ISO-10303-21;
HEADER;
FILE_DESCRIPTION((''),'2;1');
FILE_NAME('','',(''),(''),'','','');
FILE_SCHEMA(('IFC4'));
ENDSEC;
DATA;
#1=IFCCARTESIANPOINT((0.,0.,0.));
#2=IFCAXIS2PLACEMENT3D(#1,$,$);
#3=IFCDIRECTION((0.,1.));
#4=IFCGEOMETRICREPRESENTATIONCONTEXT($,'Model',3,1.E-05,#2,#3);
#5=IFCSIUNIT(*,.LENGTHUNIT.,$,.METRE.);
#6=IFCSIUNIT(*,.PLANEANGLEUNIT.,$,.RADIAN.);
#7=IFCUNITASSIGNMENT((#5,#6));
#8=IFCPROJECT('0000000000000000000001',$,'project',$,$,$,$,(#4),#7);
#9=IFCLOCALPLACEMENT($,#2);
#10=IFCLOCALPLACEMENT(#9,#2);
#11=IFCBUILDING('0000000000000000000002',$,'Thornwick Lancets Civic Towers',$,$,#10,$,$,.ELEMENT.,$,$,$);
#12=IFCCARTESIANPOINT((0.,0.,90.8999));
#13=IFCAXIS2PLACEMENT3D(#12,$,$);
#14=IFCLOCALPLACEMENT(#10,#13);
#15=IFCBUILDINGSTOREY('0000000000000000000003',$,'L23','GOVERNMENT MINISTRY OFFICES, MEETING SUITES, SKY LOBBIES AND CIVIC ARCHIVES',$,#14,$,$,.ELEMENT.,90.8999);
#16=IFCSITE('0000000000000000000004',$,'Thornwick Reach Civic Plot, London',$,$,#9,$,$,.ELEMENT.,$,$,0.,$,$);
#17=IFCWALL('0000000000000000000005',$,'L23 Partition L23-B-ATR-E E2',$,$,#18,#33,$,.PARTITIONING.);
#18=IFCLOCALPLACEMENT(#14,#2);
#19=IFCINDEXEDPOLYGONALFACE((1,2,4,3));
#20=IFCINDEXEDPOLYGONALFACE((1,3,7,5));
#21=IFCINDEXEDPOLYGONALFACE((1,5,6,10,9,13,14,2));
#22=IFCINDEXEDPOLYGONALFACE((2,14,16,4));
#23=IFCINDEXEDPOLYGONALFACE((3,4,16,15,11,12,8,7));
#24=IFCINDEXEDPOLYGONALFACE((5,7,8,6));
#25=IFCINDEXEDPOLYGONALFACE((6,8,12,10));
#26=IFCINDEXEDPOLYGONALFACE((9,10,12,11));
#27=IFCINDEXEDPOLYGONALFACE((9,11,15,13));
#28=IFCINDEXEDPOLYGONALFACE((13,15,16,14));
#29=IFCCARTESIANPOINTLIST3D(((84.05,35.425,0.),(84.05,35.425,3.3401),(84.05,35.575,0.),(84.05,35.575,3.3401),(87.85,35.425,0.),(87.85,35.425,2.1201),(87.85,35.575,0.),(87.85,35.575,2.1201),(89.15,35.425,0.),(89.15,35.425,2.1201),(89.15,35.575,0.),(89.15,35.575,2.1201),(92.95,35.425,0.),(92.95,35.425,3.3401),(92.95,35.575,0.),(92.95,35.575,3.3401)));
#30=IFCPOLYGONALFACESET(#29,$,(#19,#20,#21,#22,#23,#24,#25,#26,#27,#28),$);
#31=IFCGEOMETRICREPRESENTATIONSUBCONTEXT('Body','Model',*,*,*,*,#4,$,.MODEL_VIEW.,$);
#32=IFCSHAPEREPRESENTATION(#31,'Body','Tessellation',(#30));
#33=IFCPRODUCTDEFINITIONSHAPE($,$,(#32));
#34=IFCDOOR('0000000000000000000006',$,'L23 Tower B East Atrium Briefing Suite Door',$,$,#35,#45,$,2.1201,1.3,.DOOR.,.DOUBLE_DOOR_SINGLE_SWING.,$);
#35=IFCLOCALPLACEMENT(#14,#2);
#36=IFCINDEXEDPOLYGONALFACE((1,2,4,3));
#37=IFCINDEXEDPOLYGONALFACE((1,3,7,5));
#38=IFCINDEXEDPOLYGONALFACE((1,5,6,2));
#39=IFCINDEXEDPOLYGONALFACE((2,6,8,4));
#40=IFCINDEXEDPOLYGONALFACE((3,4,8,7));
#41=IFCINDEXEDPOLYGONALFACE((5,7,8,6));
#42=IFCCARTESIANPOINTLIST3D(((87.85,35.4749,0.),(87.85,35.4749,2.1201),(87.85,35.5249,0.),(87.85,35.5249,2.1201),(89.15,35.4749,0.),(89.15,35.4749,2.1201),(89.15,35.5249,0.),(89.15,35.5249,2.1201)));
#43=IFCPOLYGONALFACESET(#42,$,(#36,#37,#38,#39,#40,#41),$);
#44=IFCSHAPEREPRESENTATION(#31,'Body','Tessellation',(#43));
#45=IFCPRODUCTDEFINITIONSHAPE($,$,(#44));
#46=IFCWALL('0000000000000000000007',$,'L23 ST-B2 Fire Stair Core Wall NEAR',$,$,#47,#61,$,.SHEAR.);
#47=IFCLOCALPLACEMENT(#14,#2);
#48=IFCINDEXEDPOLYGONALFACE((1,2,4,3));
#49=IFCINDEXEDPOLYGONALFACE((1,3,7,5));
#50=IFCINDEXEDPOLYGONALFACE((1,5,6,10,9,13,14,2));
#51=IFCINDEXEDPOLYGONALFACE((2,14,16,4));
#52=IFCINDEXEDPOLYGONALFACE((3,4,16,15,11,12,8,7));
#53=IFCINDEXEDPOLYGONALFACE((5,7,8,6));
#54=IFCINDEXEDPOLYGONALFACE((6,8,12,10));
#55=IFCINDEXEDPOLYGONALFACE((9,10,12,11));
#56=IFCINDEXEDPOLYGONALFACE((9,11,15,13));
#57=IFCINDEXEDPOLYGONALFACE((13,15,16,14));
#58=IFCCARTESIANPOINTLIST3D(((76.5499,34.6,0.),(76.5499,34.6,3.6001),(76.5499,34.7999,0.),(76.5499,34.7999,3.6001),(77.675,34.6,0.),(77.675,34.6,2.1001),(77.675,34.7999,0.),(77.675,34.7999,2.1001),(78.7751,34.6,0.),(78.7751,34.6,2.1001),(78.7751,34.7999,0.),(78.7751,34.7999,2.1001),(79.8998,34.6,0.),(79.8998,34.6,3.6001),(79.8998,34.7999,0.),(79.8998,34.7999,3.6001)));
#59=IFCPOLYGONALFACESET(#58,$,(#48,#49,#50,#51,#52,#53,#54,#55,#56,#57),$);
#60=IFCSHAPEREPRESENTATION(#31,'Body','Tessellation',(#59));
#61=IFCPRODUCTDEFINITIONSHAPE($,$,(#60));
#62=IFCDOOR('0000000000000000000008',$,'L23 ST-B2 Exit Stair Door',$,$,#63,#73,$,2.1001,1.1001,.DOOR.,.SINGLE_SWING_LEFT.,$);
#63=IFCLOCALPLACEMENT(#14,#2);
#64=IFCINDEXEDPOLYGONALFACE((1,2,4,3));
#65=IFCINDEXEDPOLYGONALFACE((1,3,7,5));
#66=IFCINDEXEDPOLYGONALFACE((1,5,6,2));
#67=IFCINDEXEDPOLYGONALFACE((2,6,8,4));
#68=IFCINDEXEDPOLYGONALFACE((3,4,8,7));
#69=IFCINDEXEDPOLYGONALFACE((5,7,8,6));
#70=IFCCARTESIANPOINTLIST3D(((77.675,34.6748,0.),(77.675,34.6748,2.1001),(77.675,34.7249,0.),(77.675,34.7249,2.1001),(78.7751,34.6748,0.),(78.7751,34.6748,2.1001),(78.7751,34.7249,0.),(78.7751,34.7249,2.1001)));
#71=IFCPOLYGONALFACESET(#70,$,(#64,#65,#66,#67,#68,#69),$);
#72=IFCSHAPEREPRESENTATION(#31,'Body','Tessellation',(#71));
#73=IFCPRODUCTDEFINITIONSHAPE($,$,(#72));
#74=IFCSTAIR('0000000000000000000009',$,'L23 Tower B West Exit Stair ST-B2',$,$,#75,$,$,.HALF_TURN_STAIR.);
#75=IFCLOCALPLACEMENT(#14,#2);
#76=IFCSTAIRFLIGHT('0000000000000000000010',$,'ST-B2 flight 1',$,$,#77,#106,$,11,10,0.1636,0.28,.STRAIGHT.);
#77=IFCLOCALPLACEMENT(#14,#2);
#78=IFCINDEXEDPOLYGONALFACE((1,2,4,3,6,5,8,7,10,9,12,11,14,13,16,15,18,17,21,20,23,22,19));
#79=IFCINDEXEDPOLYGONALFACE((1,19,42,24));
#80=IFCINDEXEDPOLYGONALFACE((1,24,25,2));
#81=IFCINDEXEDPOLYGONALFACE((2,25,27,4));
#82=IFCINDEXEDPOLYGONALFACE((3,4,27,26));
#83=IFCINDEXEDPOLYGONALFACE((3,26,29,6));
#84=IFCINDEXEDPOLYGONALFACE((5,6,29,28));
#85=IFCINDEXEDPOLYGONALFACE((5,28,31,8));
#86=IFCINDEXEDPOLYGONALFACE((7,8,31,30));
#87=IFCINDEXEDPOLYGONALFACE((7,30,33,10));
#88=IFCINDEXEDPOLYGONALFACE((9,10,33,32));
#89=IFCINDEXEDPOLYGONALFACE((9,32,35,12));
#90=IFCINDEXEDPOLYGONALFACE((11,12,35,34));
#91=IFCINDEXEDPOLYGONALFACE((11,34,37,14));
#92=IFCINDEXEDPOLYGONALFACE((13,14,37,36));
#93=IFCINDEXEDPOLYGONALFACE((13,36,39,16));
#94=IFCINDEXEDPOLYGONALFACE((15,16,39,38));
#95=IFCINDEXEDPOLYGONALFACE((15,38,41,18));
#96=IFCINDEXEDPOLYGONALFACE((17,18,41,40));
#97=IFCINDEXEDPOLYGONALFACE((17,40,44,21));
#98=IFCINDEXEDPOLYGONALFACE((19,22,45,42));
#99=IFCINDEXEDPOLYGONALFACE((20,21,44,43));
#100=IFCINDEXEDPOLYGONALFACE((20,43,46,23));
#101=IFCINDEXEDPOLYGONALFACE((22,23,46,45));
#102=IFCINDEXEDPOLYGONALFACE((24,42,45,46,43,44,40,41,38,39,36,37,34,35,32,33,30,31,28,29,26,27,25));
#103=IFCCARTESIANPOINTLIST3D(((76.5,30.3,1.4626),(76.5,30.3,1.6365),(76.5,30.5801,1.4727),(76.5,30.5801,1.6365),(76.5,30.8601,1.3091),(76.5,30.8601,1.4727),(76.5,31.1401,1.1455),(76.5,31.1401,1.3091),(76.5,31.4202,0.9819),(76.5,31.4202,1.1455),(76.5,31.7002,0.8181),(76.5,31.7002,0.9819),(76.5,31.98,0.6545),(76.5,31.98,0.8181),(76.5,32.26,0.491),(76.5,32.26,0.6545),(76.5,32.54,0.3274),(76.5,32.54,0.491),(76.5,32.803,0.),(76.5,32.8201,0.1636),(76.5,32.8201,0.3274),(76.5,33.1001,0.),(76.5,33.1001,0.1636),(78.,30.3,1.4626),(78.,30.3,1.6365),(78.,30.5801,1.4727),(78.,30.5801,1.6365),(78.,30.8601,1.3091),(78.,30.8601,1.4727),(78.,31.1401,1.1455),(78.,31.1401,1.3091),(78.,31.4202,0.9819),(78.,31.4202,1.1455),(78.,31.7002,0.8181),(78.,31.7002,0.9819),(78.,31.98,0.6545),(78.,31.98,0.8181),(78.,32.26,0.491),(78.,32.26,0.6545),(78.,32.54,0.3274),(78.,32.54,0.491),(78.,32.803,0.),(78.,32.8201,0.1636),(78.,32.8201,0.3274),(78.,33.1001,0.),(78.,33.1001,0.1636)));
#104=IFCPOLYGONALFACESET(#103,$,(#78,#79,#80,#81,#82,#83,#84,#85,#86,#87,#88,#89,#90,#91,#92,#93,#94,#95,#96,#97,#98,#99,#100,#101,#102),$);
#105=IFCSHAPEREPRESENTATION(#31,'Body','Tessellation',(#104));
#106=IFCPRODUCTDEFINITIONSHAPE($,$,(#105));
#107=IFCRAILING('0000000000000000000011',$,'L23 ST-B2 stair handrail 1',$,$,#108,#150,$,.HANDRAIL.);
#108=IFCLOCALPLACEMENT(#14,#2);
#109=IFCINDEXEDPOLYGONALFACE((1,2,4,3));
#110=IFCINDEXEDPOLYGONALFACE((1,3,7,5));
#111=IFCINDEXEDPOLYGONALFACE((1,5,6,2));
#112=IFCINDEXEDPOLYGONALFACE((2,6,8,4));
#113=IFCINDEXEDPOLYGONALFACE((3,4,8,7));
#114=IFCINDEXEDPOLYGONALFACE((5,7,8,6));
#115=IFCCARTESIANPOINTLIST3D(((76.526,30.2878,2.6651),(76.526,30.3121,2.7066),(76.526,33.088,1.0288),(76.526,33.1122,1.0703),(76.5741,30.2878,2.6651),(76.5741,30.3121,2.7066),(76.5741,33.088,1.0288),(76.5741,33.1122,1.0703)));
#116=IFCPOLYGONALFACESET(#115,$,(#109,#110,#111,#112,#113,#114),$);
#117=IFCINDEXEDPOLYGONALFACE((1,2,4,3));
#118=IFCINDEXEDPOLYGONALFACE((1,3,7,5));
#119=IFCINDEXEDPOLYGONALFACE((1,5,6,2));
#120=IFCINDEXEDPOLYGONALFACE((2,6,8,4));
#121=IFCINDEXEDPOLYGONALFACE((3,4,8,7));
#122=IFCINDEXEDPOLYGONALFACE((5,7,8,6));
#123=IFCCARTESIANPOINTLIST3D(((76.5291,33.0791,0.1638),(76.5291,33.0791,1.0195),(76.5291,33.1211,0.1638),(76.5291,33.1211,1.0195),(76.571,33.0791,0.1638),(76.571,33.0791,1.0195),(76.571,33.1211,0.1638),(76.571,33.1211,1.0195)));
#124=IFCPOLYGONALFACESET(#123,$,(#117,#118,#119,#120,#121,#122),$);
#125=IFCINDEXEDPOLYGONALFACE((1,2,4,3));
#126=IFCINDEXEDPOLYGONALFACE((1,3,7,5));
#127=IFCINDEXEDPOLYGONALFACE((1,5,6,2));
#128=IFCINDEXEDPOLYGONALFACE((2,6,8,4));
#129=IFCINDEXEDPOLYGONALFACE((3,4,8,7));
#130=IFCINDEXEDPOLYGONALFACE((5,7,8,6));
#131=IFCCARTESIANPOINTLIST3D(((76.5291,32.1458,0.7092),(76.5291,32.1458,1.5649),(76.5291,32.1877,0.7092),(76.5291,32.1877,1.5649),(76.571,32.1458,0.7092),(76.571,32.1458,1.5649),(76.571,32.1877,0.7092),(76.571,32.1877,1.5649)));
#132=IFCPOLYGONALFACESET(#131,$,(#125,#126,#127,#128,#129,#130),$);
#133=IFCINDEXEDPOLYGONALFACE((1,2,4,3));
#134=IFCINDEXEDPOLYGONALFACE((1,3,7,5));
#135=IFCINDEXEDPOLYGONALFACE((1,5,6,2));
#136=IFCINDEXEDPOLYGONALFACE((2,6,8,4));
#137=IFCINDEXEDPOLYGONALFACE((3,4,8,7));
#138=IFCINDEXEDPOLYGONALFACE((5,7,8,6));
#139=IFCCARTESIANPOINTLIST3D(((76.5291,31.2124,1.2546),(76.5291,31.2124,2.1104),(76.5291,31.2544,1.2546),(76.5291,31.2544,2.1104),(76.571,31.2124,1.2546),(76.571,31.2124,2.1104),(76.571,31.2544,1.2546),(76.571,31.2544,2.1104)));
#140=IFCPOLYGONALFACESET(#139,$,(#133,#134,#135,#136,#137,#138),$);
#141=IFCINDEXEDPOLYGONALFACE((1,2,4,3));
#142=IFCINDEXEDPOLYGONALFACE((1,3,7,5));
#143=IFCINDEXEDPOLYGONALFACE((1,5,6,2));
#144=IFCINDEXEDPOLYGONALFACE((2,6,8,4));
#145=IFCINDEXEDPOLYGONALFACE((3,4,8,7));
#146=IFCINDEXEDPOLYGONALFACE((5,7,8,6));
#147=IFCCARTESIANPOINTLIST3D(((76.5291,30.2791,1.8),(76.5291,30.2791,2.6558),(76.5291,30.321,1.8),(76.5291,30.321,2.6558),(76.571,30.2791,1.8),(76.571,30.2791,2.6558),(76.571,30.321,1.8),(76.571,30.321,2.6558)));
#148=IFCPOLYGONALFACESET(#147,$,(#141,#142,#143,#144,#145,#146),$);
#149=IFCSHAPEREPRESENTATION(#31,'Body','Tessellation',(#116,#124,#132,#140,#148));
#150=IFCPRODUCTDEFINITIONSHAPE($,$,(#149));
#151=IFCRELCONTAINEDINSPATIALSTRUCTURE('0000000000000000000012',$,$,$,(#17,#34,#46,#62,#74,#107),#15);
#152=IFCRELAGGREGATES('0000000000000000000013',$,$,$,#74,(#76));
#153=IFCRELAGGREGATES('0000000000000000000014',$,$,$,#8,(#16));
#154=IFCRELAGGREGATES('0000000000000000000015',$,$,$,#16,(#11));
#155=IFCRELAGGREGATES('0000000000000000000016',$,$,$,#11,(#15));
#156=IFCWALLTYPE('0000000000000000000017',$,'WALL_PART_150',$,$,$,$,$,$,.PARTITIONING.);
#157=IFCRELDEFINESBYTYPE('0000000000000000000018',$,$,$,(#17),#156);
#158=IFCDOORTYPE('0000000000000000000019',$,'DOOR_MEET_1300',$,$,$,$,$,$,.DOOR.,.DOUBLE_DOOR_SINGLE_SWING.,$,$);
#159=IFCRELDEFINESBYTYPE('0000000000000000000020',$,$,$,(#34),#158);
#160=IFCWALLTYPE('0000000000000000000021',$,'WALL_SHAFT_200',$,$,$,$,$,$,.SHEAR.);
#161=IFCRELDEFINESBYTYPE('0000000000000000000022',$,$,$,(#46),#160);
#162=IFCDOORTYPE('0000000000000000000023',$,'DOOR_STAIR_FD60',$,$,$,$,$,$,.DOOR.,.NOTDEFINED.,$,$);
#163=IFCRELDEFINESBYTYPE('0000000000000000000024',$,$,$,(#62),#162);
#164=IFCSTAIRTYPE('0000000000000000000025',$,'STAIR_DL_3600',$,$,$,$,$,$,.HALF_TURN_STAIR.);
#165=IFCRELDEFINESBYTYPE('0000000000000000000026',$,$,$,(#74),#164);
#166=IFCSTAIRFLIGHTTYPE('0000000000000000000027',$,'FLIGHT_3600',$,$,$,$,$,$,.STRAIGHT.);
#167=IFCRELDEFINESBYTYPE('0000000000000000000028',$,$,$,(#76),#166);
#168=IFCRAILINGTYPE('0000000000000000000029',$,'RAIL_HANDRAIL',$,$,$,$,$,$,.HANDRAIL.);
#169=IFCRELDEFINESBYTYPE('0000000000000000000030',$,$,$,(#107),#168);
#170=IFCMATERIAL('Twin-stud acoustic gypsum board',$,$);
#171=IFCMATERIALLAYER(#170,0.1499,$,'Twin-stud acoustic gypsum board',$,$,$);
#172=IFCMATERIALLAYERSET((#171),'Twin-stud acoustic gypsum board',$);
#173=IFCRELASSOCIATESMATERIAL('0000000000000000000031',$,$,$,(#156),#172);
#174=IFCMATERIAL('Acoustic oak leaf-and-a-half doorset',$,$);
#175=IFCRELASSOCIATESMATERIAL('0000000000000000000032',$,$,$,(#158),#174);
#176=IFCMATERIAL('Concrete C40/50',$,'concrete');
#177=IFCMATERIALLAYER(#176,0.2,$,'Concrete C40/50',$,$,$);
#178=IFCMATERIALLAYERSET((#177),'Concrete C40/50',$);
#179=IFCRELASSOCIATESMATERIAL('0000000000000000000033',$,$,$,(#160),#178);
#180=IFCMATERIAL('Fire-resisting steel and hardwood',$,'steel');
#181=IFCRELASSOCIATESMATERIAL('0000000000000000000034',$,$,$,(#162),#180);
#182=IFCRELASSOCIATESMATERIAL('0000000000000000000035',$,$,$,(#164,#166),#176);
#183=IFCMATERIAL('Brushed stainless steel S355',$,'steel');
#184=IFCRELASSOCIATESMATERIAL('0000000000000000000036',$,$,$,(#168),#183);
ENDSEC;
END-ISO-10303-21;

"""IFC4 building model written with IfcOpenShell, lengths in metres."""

from ifc_helpers import new_model, si_unit, direction, frame, frame_2d, origin, origin_2d, place, context, subcontext, project, spatial, polyline, rectangle, outline, extrude, material, layer, layer_set, type_object, element, fill, aggregate, save


model = new_model("IFC4")

# Units and contexts
model_context = context("Model", 3, precision=1e-05, world=origin(), true_north=direction((0.0, 1.0)))
body_context = subcontext(model_context, "Body", "Model", "MODEL_VIEW")
ifc_project = project(units=[si_unit("LENGTHUNIT", "METRE"), si_unit("PLANEANGLEUNIT", "RADIAN")], contexts=[model_context])

# Site, building, storey
site_placement = place(None, origin())
site = spatial("IfcSite", under=ifc_project, at=site_placement, Name="Thornwick Reach Civic Plot, London", CompositionType="ELEMENT", RefElevation=0.0)
building_placement = place(site_placement, origin())
building = spatial("IfcBuilding", under=site, at=building_placement, Name="Thornwick Lancets Civic Towers", CompositionType="ELEMENT")
storey_placement = place(building_placement, frame((0.0, 0.0, 90.8999)))
storey = spatial("IfcBuildingStorey", under=building, at=storey_placement, Name="L23", Description="GOVERNMENT MINISTRY OFFICES, MEETING SUITES, SKY LOBBIES AND CIVIC ARCHIVES", CompositionType="ELEMENT", Elevation=90.8999)

# Walls, openings, doors
ifc_material_1 = material(Name="Twin-stud acoustic gypsum board")
ifc_layer_1 = layer(ifc_material_1, 0.1499, Name="Twin-stud acoustic gypsum board")
ifc_layer_set_1 = layer_set([ifc_layer_1], Name="Twin-stud acoustic gypsum board")
wall_type_1 = type_object("IfcWallType", Name="WALL_PART_150", PredefinedType="PARTITIONING", material=ifc_layer_set_1)
wall_1_placement = place(storey_placement, frame((84.05, 35.5, 0.0), z_axis=(0.0, 0.0, 1.0), x_axis=(1.0, 0.0, 0.0)))
wall_1 = element("IfcWall", 1, at=wall_1_placement, inside=storey, type_object=wall_type_1, Name="L23 Partition L23-B-ATR-E E2", PredefinedType="PARTITIONING", context=body_context, shape_type="SweptSolid", body=[
    extrude(rectangle(XDim=8.8999, YDim=0.1499, at=frame_2d((4.45, 0.0))), origin(), (0.0, 0.0, 1.0), 3.3401),
])
opening_1_placement = place(wall_1_placement, frame((3.8, 0.0, 0.0)))
opening_1 = element("IfcOpeningElement", 2, at=opening_1_placement, cuts=wall_1, PredefinedType="OPENING", context=body_context, shape_type="SweptSolid", body=[
    extrude(rectangle(XDim=1.3, YDim=2.1201, at=frame_2d((0.6499, 1.0601))), frame((0.0, 0.085, 0.0), z_axis=(0.0, -1.0, 0.0), x_axis=(1.0, 0.0, 0.0)), (0.0, 0.0, 1.0), 0.1699),
])
ifc_material_2 = material(Name="Acoustic oak leaf-and-a-half doorset")
door_type_1 = type_object("IfcDoorType", Name="DOOR_MEET_1300", OperationType="DOUBLE_DOOR_SINGLE_SWING", PredefinedType="DOOR", material=ifc_material_2)
door_1_placement = place(opening_1_placement, origin())
door_1 = element("IfcDoor", 3, at=door_1_placement, inside=storey, type_object=door_type_1, Name="L23 Tower B East Atrium Briefing Suite Door", OperationType="DOUBLE_DOOR_SINGLE_SWING", OverallHeight=2.1201, OverallWidth=1.3, PredefinedType="DOOR", context=body_context, shape_type="SweptSolid", body=[
    extrude(rectangle(XDim=1.3, YDim=2.1201, at=frame_2d((0.6499, 1.0601))), frame((0.0, 0.0249, 0.0), z_axis=(0.0, -1.0, 0.0), x_axis=(1.0, 0.0, 0.0)), (0.0, 0.0, 1.0), 0.05),
])
fill(opening_1, door_1)
ifc_material_3 = material(Name="Concrete C40/50", Category="concrete")
ifc_layer_2 = layer(ifc_material_3, 0.2, Name="Concrete C40/50")
ifc_layer_set_2 = layer_set([ifc_layer_2], Name="Concrete C40/50")
wall_type_2 = type_object("IfcWallType", Name="WALL_SHAFT_200", PredefinedType="SHEAR", material=ifc_layer_set_2)
wall_2_placement = place(storey_placement, frame((76.55, 34.7, 0.0), z_axis=(0.0, 0.0, 1.0), x_axis=(1.0, 0.0, 0.0)))
wall_2 = element("IfcWall", 4, at=wall_2_placement, inside=storey, type_object=wall_type_2, Name="L23 ST-B2 Fire Stair Core Wall NEAR", PredefinedType="SHEAR", context=body_context, shape_type="SweptSolid", body=[
    extrude(rectangle(XDim=3.3499, YDim=0.2, at=frame_2d((1.6748, 0.0))), origin(), (0.0, 0.0, 1.0), 3.6001),
])
opening_2_placement = place(wall_2_placement, frame((1.125, 0.0, 0.0)))
opening_2 = element("IfcOpeningElement", 5, at=opening_2_placement, cuts=wall_2, PredefinedType="OPENING", context=body_context, shape_type="SweptSolid", body=[
    extrude(rectangle(XDim=1.1001, YDim=2.1001, at=frame_2d((0.55, 1.05))), frame((0.0, 0.1099, 0.0), z_axis=(0.0, -1.0, 0.0), x_axis=(1.0, 0.0, 0.0)), (0.0, 0.0, 1.0), 0.22),
])
ifc_material_4 = material(Name="Fire-resisting steel and hardwood", Category="steel")
door_type_2 = type_object("IfcDoorType", Name="DOOR_STAIR_FD60", OperationType="NOTDEFINED", PredefinedType="DOOR", material=ifc_material_4)
door_2_placement = place(opening_2_placement, origin())
door_2 = element("IfcDoor", 6, at=door_2_placement, inside=storey, type_object=door_type_2, Name="L23 ST-B2 Exit Stair Door", OperationType="SINGLE_SWING_LEFT", OverallHeight=2.1001, OverallWidth=1.1001, PredefinedType="DOOR", context=body_context, shape_type="SweptSolid", body=[
    extrude(rectangle(XDim=1.1001, YDim=2.1001, at=frame_2d((0.55, 1.05))), frame((0.0, 0.0249, 0.0), z_axis=(0.0, -1.0, 0.0), x_axis=(1.0, 0.0, 0.0)), (0.0, 0.0, 1.0), 0.05),
])
fill(opening_2, door_2)

# Stair, stair flight
stair_type = type_object("IfcStairType", Name="STAIR_DL_3600", PredefinedType="HALF_TURN_STAIR", material=ifc_material_3)
stair_placement = place(storey_placement, origin())
stair = element("IfcStair", 7, at=stair_placement, inside=storey, type_object=stair_type, Name="L23 Tower B West Exit Stair ST-B2", PredefinedType="HALF_TURN_STAIR")
stair_flight_type = type_object("IfcStairFlightType", Name="FLIGHT_3600", PredefinedType="STRAIGHT", material=ifc_material_3)
stair_flight_placement = place(storey_placement, frame((77.25, 33.1001, 0.0), z_axis=(0.0, 0.0, 1.0), x_axis=(0.0, -1.0, 0.0)))
stair_flight = element("IfcStairFlight", 8, at=stair_flight_placement, type_object=stair_flight_type, Name="ST-B2 flight 1", NumberOfRisers=11, NumberOfTreads=10, PredefinedType="STRAIGHT", RiserHeight=0.1636, TreadLength=0.28, context=body_context, shape_type="SweptSolid", body=[
    extrude(outline(polyline([(0.0, 0.0), (0.0, 0.1636), (0.28, 0.1636), (0.28, 0.3274), (0.5601, 0.3274), (0.5601, 0.491), (0.8401, 0.491), (0.8401, 0.6545), (1.1201, 0.6545), (1.1201, 0.8181), (1.3999, 0.8181), (1.3999, 0.9819), (1.6799, 0.9819), (1.6799, 1.1455), (1.96, 1.1455), (1.96, 1.3091), (2.24, 1.3091), (2.24, 1.4727), (2.52, 1.4727), (2.52, 1.6365), (2.8, 1.6365), (2.8, 1.8), (2.8, 1.4626), (0.2971, 0.0), (0.0, 0.0)])), frame((0.0, 0.75, 0.0), z_axis=(0.0, -1.0, 0.0), x_axis=(1.0, 0.0, 0.0)), (0.0, 0.0, 1.0), 1.5),
])
aggregate(stair, [stair_flight])

# Railing
ifc_material_5 = material(Name="Brushed stainless steel S355", Category="steel")
railing_type_1 = type_object("IfcRailingType", Name="RAIL_HANDRAIL", PredefinedType="HANDRAIL", material=ifc_material_5)
railing_1_placement = place(storey_placement, frame((76.55, 33.1001, 0.1638)))
element("IfcRailing", 9, at=railing_1_placement, inside=storey, type_object=railing_type_1, Name="L23 ST-B2 stair handrail 1", PredefinedType="HANDRAIL", context=body_context, shape_type="SweptSolid", body=[
    extrude(rectangle(XDim=0.0481, YDim=0.0481, at=origin_2d()), frame((0.0, 0.0, 0.8857), z_axis=(0.0, -0.863394, 0.504531), x_axis=(1.0, 0.0, 0.0)), (0.0, 0.0, 1.0), 3.2432),
    extrude(rectangle(XDim=0.042, YDim=0.042, at=origin_2d()), origin(), (0.0, 0.0, 1.0), 0.8557),
    extrude(rectangle(XDim=0.042, YDim=0.042, at=origin_2d()), frame((0.0, -0.9333, 0.5454)), (0.0, 0.0, 1.0), 0.8557),
    extrude(rectangle(XDim=0.042, YDim=0.042, at=origin_2d()), frame((0.0, -1.8667, 1.0908)), (0.0, 0.0, 1.0), 0.8557),
    extrude(rectangle(XDim=0.042, YDim=0.042, at=origin_2d()), frame((0.0, -2.8, 1.6362)), (0.0, 0.0, 1.0), 0.8557),
])

save(model, "model.ifc")
